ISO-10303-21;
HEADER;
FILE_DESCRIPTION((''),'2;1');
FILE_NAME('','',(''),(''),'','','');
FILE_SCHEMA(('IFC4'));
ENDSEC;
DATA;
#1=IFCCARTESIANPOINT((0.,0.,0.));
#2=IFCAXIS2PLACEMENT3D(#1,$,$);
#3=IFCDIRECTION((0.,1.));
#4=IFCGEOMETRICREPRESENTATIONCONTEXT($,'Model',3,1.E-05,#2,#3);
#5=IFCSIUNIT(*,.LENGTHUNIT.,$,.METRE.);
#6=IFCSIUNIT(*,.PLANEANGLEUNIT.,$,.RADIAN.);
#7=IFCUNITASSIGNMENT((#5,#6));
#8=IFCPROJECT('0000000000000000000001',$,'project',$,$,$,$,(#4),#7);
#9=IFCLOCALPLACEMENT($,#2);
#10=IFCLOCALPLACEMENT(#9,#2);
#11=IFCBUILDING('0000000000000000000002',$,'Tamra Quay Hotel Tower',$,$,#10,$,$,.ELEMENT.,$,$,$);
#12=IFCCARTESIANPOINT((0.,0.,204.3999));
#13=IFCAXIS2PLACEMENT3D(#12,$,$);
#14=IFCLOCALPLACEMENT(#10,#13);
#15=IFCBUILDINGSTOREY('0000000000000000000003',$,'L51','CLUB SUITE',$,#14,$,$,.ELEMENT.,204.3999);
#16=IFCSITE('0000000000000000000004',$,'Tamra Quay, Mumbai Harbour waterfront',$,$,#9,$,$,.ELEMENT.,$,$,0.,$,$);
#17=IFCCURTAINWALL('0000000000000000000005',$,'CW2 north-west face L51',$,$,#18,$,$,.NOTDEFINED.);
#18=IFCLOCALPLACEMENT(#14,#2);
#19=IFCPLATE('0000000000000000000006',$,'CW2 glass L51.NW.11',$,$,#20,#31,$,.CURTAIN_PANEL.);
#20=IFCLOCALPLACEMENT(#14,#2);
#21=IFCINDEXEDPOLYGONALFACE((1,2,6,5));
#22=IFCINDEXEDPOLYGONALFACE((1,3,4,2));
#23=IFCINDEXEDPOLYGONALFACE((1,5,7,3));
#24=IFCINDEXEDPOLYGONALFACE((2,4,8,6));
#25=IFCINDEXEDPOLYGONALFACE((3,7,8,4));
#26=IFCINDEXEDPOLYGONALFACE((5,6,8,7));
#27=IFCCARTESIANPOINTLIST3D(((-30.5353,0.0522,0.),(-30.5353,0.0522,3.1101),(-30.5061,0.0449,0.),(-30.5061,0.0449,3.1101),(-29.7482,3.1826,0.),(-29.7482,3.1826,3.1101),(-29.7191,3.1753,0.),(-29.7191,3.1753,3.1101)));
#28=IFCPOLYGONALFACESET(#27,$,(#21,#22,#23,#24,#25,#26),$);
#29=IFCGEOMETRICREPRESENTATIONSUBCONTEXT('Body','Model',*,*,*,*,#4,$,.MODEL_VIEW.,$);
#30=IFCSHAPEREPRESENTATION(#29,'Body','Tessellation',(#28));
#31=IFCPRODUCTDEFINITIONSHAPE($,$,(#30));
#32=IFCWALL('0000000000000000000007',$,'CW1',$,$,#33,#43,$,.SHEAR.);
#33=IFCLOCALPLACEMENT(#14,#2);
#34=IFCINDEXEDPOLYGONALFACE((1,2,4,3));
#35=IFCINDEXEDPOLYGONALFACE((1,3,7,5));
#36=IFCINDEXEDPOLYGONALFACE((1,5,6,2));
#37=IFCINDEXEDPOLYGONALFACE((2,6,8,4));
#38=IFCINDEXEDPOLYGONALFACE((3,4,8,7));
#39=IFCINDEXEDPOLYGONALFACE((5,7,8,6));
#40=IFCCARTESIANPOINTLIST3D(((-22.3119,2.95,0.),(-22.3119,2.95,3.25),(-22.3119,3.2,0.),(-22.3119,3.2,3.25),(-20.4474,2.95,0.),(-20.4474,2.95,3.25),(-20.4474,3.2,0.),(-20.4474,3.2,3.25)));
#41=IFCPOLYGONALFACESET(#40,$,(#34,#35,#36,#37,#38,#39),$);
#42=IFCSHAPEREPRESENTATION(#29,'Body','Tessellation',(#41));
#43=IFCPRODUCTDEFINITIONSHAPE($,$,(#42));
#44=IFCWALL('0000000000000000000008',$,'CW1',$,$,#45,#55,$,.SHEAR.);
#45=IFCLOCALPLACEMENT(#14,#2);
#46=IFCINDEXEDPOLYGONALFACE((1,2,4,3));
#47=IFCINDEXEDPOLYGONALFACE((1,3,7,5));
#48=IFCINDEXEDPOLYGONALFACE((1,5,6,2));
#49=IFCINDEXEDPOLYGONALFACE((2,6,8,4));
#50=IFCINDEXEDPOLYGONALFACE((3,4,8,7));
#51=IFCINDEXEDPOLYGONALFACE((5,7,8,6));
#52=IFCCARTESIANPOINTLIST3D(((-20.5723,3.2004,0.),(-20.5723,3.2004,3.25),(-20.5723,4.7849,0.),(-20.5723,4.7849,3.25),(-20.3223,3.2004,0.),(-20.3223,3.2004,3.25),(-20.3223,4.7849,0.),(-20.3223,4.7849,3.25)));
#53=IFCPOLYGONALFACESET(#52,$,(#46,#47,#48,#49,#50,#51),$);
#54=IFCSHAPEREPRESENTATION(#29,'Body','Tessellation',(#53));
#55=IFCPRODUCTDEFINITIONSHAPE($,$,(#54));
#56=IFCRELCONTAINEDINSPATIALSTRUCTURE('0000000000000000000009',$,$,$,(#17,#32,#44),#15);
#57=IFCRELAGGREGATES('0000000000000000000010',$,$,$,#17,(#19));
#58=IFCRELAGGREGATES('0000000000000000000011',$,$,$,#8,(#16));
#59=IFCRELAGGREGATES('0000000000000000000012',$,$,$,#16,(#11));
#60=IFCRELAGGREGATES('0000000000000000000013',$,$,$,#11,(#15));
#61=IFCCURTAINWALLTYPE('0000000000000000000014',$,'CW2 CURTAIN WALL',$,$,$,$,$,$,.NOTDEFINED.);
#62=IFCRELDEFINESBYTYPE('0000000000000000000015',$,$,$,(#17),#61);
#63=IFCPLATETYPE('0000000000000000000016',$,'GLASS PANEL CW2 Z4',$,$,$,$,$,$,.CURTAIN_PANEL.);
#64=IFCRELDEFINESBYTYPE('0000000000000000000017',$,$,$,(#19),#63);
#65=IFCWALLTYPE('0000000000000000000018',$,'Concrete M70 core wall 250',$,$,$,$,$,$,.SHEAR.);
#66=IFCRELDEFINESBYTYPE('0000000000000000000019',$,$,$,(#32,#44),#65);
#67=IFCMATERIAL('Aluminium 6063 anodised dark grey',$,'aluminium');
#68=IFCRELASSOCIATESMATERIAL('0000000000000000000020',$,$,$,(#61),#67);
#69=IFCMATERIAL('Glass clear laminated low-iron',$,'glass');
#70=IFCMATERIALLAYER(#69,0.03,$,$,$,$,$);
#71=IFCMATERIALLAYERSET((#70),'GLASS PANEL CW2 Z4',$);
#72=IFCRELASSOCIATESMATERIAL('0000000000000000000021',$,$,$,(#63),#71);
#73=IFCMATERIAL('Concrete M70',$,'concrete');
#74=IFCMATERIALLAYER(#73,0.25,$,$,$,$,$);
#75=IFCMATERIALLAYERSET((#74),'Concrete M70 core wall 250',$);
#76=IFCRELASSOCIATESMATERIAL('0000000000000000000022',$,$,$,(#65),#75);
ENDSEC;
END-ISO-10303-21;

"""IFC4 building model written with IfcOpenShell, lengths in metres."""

from ifc_helpers import new_model, si_unit, direction, frame, frame_2d, origin, origin_2d, place, context, subcontext, project, spatial, rectangle, extrude, material, layer, layer_set, type_object, element, aggregate, save


model = new_model("IFC4")

# Units and contexts
model_context = context("Model", 3, precision=1e-05, world=origin(), true_north=direction((0.0, 1.0)))
body_context = subcontext(model_context, "Body", "Model", "MODEL_VIEW")
ifc_project = project(units=[si_unit("LENGTHUNIT", "METRE"), si_unit("PLANEANGLEUNIT", "RADIAN")], contexts=[model_context])

# Site, building, storey
site_placement = place(None, origin())
site = spatial("IfcSite", under=ifc_project, at=site_placement, Name="Tamra Quay, Mumbai Harbour waterfront", CompositionType="ELEMENT", RefElevation=0.0)
building_placement = place(site_placement, origin())
building = spatial("IfcBuilding", under=site, at=building_placement, Name="Tamra Quay Hotel Tower", CompositionType="ELEMENT")
storey_placement = place(building_placement, frame((0.0, 0.0, 204.3999)))
storey = spatial("IfcBuildingStorey", under=building, at=storey_placement, Name="L51", Description="CLUB SUITE", CompositionType="ELEMENT", Elevation=204.3999)

# Shared definitions
ifc_material_1 = material(Name="Concrete M70", Category="concrete")

# Curtain wall
ifc_material_2 = material(Name="Aluminium 6063 anodised dark grey", Category="aluminium")
curtain_wall_type = type_object("IfcCurtainWallType", Name="CW2 CURTAIN WALL", PredefinedType="NOTDEFINED", material=ifc_material_2)
curtain_wall_placement = place(storey_placement, origin())
curtain_wall = element("IfcCurtainWall", 1, at=curtain_wall_placement, inside=storey, type_object=curtain_wall_type, Name="CW2 north-west face L51", PredefinedType="NOTDEFINED")

# Plate
ifc_material_3 = material(Name="Glass clear laminated low-iron", Category="glass")
ifc_layer_1 = layer(ifc_material_3, 0.03)
ifc_layer_set_1 = layer_set([ifc_layer_1], Name="GLASS PANEL CW2 Z4")
plate_type = type_object("IfcPlateType", Name="GLASS PANEL CW2 Z4", PredefinedType="CURTAIN_PANEL", material=ifc_layer_set_1)
plate_1_placement = place(storey_placement, frame((-30.1272, 1.6138, 0.0), z_axis=(0.0, 0.0, 1.0), x_axis=(-0.243826, -0.969819, 0.0)))
plate_1 = element("IfcPlate", 2, at=plate_1_placement, type_object=plate_type, Name="CW2 glass L51.NW.11", PredefinedType="CURTAIN_PANEL", context=body_context, shape_type="SweptSolid", body=[
    extrude(rectangle(XDim=3.2278, YDim=0.03, at=origin_2d()), origin(), (0.0, 0.0, 1.0), 3.1101),
])
aggregate(curtain_wall, [plate_1])

# Walls
ifc_layer_2 = layer(ifc_material_1, 0.25)
ifc_layer_set_2 = layer_set([ifc_layer_2], Name="Concrete M70 core wall 250")
wall_type = type_object("IfcWallType", Name="Concrete M70 core wall 250", PredefinedType="SHEAR", material=ifc_layer_set_2)
wall_1_placement = place(storey_placement, frame((-22.3118, 3.075, 0.0), z_axis=(0.0, 0.0, 1.0), x_axis=(1.0, 0.0, 0.0)))
element("IfcWall", 3, at=wall_1_placement, inside=storey, type_object=wall_type, Name="CW1", PredefinedType="SHEAR", context=body_context, shape_type="SweptSolid", body=[
    extrude(rectangle(XDim=1.8645, YDim=0.25, at=frame_2d((0.9321, 0.0))), origin(), (0.0, 0.0, 1.0), 3.25),
])
wall_2_placement = place(storey_placement, frame((-20.4473, 3.2004, 0.0), z_axis=(0.0, 0.0, 1.0), x_axis=(0.0, 1.0, 0.0)))
element("IfcWall", 4, at=wall_2_placement, inside=storey, type_object=wall_type, Name="CW1", PredefinedType="SHEAR", context=body_context, shape_type="SweptSolid", body=[
    extrude(rectangle(XDim=1.5845, YDim=0.25, at=frame_2d((0.7922, 0.0))), origin(), (0.0, 0.0, 1.0), 3.25),
])

save(model, "model.ifc")
